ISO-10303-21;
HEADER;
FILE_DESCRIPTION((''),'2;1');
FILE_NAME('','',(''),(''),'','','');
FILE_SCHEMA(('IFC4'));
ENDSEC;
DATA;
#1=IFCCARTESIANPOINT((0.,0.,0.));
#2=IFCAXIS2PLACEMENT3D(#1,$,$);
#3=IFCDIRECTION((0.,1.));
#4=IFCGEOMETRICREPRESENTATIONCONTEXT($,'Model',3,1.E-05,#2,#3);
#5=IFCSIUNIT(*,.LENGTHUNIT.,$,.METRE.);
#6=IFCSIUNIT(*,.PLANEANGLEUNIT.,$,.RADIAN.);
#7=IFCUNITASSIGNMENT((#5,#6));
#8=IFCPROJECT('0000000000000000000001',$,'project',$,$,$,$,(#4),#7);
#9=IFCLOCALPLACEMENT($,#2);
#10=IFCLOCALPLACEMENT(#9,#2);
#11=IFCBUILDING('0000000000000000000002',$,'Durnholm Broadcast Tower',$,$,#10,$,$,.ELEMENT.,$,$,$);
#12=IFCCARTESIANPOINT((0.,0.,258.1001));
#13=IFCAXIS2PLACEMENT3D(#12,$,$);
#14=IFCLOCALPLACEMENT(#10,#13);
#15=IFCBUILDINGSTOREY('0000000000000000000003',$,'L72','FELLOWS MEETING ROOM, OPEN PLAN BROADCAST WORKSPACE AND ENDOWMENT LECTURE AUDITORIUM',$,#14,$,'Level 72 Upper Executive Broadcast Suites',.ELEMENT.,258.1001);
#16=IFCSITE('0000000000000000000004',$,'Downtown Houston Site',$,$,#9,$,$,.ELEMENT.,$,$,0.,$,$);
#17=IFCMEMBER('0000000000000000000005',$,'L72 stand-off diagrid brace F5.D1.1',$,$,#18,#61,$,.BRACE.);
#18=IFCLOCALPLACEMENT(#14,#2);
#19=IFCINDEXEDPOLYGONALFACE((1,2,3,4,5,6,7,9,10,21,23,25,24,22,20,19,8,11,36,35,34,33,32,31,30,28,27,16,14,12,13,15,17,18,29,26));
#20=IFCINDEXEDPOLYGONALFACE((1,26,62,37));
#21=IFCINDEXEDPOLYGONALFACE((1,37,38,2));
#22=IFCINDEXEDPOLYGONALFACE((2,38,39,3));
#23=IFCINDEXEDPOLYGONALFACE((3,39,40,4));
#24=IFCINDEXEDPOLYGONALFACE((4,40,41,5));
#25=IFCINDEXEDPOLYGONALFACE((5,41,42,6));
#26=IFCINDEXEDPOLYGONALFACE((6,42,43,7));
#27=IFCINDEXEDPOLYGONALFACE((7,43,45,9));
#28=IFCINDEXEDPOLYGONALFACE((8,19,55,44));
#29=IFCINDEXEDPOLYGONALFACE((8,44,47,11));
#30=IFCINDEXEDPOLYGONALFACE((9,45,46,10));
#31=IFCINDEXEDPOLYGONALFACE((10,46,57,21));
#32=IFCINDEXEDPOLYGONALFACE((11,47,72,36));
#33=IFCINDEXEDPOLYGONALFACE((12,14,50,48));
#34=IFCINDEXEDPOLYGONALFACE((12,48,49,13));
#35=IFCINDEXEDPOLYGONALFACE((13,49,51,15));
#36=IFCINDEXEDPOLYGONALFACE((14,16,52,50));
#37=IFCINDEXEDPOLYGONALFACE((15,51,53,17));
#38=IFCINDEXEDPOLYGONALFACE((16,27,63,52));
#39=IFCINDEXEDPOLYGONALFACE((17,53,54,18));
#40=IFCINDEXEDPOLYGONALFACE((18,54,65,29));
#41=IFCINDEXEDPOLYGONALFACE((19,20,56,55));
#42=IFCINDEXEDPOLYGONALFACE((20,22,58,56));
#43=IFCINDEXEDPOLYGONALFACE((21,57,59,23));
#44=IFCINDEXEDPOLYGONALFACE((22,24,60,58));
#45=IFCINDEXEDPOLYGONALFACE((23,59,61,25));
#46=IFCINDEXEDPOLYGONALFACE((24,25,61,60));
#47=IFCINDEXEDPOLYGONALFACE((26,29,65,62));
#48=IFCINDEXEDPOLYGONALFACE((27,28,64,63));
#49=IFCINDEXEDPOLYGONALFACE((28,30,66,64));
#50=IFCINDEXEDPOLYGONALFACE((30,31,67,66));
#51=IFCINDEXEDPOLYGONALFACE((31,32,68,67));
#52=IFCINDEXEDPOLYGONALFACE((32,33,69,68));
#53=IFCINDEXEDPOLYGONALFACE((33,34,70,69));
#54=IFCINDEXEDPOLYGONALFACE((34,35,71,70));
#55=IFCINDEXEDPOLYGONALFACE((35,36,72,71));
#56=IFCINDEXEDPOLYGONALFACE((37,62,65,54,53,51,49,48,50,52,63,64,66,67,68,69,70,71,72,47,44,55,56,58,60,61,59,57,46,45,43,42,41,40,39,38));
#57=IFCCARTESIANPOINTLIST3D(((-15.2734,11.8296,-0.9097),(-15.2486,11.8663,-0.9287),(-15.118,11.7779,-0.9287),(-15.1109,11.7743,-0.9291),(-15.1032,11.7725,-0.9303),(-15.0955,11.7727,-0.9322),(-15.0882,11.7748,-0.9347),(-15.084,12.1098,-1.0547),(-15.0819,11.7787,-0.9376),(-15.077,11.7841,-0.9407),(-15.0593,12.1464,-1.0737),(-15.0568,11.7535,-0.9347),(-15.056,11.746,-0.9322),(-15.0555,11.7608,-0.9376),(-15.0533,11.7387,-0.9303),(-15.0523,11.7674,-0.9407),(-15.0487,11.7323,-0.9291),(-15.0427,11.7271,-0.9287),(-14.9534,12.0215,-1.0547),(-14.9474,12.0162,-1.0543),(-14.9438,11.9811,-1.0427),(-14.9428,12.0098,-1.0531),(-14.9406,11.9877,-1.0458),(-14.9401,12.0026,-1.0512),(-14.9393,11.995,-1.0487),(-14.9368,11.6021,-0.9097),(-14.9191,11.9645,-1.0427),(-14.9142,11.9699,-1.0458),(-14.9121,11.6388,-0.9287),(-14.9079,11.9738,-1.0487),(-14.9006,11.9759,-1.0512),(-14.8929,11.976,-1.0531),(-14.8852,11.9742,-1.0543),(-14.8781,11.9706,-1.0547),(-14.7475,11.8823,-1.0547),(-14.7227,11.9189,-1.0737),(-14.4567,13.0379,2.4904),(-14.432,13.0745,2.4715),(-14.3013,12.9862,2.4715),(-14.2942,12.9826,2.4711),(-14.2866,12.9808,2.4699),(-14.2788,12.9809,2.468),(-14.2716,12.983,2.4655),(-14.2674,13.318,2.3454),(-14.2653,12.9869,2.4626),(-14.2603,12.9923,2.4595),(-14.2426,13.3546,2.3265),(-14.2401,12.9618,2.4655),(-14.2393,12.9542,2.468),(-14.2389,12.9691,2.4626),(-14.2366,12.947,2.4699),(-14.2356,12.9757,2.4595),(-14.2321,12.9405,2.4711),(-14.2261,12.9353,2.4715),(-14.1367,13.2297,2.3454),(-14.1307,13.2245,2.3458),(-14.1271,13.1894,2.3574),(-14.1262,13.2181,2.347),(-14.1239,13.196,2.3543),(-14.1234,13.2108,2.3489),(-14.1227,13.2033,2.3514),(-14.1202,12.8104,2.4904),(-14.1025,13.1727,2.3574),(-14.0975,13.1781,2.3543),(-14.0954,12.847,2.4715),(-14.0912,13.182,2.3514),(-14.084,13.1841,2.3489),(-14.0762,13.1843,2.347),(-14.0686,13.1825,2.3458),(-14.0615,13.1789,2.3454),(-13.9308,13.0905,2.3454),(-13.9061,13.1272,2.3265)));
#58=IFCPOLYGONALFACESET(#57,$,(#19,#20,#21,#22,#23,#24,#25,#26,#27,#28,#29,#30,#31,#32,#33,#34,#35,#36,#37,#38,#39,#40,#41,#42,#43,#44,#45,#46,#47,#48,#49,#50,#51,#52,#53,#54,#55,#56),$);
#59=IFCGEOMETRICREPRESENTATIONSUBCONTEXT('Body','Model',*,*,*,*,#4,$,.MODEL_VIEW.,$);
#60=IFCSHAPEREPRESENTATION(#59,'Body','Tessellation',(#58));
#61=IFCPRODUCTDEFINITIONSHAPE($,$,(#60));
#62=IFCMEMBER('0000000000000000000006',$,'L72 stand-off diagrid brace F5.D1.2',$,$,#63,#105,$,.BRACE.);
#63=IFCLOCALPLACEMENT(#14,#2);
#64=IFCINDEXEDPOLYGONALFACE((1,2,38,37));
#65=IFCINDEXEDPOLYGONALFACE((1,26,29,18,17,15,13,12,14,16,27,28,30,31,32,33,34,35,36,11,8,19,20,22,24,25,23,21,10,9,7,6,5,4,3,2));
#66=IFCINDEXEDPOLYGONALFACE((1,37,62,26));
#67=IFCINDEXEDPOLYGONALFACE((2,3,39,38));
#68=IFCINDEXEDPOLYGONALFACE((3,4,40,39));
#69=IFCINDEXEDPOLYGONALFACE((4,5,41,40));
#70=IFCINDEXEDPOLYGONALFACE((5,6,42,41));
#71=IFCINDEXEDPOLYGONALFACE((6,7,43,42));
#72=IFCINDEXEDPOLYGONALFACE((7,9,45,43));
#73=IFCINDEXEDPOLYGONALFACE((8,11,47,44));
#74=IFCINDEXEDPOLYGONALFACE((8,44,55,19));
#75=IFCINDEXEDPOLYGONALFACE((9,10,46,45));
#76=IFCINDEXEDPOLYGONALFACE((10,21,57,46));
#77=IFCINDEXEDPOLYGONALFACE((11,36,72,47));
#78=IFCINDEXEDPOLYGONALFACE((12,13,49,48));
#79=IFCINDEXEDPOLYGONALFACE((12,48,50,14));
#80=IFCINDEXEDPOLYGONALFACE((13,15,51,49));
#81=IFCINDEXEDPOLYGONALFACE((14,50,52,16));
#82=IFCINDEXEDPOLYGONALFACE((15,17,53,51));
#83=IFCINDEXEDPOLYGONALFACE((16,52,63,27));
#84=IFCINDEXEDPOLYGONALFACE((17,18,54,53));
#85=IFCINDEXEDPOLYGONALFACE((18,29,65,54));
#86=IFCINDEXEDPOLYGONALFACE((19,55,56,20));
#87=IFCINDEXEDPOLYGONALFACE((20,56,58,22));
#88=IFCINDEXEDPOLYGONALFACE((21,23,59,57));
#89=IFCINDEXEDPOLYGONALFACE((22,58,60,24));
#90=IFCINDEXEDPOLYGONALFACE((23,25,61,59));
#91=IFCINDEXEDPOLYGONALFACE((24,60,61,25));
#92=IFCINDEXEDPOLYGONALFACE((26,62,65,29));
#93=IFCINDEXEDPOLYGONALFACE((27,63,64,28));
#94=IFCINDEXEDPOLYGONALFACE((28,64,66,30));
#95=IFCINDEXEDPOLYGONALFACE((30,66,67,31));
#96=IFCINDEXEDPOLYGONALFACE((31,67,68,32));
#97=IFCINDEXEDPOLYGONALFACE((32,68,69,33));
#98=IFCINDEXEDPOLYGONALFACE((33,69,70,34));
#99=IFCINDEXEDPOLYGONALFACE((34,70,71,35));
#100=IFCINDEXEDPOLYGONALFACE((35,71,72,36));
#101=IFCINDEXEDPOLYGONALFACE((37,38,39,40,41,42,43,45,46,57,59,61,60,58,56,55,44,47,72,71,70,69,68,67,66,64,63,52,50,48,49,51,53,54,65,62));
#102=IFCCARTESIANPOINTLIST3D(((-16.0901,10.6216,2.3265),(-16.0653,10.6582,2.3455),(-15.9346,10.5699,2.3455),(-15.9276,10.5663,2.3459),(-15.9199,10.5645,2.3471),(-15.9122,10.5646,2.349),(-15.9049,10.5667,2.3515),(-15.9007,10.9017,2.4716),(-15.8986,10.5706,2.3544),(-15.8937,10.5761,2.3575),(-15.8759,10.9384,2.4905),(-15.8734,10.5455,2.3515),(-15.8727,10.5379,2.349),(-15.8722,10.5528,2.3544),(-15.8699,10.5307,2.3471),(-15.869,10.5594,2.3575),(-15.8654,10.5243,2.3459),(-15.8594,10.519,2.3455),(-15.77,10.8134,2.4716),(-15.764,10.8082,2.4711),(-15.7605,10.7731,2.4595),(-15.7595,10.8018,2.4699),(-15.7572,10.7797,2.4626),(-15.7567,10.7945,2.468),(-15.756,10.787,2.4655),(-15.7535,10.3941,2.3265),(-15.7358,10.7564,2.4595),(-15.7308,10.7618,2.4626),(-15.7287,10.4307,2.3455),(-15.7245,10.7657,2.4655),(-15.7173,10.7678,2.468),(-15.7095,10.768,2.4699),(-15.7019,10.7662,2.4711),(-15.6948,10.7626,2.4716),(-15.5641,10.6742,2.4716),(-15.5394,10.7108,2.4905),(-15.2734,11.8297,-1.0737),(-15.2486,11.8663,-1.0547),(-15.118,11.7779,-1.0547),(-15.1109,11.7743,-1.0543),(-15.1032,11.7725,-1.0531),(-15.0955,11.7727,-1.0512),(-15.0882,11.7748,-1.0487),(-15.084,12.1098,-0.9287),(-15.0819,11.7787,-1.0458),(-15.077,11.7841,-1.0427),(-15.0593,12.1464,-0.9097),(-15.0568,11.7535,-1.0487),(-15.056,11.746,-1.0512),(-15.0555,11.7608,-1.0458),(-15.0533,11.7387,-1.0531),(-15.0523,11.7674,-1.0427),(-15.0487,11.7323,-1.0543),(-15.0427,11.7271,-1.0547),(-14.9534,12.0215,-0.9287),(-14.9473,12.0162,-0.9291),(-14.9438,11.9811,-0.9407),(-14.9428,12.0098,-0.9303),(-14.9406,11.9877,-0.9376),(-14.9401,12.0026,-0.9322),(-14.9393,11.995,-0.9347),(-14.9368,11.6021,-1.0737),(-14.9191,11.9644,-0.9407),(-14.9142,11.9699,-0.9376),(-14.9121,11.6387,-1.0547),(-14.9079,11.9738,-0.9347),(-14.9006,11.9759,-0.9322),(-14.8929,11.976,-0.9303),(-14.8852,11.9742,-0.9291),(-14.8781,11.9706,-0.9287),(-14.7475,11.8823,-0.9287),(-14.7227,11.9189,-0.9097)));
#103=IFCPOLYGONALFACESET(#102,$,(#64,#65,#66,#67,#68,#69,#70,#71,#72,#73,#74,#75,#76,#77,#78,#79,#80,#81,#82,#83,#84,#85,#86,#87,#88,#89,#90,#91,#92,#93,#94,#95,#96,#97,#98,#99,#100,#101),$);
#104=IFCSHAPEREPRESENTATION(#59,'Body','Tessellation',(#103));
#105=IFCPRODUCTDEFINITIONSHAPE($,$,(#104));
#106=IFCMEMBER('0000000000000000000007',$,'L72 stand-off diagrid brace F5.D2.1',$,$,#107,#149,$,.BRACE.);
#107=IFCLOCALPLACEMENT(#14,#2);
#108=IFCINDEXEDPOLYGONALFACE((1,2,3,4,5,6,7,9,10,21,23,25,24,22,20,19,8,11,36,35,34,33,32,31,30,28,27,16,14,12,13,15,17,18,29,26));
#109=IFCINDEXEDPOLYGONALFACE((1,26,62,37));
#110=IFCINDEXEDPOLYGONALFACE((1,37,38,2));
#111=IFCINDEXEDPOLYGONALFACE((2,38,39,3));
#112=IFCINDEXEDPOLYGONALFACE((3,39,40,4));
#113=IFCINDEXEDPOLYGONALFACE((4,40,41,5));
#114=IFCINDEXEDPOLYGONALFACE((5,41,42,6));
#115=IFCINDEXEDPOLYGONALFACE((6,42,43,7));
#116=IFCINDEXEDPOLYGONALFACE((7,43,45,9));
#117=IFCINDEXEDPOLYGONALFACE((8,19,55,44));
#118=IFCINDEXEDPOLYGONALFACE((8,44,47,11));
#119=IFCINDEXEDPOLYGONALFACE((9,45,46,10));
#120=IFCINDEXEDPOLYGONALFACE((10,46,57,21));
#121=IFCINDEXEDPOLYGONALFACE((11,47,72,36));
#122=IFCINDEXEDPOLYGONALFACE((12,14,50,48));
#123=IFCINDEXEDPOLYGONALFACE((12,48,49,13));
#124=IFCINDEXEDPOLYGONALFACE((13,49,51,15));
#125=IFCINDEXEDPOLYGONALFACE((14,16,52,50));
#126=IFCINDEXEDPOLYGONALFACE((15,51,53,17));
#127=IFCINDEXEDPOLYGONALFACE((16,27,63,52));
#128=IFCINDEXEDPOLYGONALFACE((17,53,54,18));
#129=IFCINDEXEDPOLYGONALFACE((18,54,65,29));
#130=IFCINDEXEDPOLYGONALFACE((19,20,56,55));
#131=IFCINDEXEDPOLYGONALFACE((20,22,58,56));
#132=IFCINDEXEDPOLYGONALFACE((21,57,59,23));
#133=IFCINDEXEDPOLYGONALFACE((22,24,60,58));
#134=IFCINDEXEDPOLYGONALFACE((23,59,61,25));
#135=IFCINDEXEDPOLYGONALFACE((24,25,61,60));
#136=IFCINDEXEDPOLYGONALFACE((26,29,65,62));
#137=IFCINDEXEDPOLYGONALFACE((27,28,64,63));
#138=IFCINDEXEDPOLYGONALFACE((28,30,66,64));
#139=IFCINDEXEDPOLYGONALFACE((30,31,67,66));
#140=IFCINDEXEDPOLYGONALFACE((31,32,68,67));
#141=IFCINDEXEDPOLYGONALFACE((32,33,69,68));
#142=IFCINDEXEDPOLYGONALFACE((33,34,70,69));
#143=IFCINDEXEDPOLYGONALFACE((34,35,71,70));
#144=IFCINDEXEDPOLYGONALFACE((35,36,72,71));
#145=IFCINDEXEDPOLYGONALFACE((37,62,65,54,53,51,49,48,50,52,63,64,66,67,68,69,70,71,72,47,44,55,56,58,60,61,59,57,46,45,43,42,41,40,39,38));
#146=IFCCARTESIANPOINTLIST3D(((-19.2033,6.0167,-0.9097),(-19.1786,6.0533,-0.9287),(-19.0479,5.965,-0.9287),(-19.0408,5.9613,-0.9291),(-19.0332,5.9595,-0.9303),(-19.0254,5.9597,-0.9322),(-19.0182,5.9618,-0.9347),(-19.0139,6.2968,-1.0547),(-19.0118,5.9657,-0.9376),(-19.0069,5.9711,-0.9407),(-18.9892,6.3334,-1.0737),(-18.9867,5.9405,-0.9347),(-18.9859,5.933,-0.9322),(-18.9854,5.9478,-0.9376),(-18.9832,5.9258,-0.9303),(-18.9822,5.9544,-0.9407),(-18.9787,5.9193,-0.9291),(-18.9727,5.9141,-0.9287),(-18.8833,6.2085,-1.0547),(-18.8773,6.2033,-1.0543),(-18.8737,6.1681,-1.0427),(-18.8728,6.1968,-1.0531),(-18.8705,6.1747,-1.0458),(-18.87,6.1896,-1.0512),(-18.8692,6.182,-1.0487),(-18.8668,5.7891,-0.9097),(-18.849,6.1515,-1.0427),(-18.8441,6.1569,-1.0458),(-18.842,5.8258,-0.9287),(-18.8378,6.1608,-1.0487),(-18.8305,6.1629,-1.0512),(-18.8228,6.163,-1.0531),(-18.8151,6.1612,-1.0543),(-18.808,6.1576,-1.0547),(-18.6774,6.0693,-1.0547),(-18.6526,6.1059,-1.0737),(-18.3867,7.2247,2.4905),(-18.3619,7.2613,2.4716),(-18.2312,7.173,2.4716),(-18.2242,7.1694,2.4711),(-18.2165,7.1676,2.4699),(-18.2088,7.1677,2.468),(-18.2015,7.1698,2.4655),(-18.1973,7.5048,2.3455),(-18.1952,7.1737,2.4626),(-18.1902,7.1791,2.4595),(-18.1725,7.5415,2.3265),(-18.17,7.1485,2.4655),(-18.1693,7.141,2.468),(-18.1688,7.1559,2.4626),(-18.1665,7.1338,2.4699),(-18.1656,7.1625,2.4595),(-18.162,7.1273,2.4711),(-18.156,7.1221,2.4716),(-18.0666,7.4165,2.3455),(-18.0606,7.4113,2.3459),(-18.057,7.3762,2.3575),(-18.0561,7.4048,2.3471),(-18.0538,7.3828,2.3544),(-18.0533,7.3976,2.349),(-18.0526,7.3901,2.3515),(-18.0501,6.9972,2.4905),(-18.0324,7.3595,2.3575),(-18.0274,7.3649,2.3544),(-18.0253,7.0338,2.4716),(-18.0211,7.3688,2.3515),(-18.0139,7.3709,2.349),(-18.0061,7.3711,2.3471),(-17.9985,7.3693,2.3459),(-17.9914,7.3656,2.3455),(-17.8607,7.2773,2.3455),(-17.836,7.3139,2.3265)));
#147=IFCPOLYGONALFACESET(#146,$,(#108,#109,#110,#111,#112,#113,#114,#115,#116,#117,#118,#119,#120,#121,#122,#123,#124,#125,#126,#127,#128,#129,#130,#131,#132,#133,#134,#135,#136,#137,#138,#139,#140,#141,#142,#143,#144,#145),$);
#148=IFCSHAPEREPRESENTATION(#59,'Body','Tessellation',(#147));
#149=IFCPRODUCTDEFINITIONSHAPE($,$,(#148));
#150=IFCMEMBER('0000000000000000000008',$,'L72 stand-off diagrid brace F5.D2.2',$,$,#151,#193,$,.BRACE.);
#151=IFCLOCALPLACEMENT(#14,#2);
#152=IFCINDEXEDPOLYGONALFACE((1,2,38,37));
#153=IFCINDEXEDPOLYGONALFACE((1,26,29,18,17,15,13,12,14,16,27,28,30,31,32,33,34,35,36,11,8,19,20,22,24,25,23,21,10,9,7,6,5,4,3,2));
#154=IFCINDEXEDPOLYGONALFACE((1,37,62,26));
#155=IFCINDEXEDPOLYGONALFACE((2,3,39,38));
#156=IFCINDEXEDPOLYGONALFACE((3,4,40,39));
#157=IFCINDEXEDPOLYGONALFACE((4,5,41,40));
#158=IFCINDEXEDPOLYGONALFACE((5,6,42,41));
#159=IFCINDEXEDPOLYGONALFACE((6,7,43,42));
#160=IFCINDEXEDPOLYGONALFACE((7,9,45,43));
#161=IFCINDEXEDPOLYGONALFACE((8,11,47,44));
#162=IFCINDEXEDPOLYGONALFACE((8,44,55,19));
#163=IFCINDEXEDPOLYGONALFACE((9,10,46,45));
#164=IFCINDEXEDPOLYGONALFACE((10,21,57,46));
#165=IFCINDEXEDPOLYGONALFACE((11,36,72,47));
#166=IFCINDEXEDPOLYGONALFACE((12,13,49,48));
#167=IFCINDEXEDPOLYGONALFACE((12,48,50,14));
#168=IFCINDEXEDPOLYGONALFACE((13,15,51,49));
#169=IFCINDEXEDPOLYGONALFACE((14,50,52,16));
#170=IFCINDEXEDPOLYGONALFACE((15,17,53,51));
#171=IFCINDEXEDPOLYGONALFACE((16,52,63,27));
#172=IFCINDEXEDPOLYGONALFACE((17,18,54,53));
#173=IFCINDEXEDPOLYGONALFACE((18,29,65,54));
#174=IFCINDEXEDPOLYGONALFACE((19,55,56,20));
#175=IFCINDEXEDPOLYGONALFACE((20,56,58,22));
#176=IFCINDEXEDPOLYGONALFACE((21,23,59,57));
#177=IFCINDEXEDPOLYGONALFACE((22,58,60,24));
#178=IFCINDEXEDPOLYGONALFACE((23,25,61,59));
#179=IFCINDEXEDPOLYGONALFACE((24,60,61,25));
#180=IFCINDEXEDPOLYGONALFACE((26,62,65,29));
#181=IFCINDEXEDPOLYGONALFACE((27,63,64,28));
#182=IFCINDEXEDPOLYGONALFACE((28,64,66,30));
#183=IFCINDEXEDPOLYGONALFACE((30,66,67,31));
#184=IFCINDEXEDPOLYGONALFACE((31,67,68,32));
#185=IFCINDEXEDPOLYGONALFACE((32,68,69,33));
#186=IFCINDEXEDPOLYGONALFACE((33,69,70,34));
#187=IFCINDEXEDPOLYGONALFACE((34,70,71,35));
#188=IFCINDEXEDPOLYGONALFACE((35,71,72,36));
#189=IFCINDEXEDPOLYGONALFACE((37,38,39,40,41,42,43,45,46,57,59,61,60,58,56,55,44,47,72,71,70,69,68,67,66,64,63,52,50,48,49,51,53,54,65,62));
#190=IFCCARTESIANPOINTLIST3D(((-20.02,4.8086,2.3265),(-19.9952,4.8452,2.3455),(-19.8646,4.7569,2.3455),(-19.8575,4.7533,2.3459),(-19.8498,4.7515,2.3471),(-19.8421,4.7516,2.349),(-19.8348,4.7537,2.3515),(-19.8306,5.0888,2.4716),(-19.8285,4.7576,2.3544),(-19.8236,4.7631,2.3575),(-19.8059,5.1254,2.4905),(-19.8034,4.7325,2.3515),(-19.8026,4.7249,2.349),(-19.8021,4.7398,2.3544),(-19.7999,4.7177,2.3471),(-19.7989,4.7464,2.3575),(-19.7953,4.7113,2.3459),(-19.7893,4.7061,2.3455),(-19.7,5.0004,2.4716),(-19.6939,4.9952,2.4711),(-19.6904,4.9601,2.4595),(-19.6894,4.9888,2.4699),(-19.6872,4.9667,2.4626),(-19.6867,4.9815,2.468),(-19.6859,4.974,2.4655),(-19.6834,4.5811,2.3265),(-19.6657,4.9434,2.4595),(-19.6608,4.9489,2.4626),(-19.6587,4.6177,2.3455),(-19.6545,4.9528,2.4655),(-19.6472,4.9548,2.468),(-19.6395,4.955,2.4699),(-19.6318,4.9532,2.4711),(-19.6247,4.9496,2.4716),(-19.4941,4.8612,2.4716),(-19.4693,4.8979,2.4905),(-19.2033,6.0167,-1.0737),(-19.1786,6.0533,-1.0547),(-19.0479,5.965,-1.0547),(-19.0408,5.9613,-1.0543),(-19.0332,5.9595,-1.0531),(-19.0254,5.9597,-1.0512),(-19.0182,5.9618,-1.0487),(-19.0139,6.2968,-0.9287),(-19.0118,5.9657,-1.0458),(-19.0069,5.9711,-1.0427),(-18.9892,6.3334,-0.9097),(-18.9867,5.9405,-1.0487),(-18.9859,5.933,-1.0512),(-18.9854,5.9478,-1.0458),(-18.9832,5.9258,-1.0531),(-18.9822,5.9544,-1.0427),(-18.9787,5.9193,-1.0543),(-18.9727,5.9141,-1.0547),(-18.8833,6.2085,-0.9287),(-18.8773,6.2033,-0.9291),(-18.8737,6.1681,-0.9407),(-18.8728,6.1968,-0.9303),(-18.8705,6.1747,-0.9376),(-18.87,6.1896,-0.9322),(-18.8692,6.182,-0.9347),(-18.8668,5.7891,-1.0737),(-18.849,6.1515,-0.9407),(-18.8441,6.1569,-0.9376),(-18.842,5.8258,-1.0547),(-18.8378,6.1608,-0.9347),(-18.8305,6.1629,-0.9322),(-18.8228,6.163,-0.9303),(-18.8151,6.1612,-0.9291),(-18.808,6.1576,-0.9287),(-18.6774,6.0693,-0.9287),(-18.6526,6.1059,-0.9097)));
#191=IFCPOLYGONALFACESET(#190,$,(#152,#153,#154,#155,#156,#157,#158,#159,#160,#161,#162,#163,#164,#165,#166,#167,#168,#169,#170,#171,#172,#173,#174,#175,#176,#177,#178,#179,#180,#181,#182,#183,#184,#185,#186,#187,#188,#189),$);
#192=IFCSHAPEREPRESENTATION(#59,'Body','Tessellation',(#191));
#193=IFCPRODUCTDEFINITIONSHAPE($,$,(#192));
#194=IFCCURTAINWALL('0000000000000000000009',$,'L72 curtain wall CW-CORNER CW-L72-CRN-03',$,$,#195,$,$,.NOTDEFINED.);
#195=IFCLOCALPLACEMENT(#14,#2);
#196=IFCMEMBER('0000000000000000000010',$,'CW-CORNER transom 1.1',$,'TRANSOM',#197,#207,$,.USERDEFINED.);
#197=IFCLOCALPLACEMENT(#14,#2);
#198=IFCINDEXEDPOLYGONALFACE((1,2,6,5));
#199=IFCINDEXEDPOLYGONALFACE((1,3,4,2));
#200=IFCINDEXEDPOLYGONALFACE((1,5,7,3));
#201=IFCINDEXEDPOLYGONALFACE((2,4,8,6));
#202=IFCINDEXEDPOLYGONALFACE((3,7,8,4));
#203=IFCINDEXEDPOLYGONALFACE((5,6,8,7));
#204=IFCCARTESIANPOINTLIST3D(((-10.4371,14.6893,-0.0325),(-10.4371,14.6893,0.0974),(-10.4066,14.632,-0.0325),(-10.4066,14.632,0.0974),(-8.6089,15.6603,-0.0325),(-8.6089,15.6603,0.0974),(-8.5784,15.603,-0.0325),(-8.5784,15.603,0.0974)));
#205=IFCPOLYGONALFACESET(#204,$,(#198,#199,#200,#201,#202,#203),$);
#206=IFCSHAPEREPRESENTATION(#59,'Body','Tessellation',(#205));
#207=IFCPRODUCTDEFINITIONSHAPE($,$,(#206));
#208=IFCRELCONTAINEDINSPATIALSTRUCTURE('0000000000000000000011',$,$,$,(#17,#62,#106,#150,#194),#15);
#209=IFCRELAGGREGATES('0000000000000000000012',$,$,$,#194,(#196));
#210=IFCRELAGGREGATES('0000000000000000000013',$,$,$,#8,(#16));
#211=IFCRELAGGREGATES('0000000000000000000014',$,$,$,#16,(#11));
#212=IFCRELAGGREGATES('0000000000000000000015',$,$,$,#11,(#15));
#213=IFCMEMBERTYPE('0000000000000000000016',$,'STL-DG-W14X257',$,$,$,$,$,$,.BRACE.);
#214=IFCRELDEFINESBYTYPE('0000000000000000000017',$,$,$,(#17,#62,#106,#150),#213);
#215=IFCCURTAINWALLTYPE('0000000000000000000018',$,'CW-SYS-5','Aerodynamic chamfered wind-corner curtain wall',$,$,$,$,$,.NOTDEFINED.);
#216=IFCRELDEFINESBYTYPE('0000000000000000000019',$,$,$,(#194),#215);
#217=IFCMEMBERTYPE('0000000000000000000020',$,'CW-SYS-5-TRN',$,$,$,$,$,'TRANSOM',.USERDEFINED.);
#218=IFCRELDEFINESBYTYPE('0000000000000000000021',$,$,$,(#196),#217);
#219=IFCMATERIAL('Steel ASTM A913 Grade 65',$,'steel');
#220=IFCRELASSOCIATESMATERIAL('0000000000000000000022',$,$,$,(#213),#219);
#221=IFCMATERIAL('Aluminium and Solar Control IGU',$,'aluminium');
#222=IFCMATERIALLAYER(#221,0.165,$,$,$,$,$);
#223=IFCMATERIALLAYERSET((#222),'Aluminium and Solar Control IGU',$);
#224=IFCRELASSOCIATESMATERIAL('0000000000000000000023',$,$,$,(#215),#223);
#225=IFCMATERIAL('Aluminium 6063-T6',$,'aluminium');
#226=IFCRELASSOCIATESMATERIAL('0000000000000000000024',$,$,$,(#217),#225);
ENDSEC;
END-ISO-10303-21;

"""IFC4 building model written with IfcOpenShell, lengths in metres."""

from ifc_helpers import new_model, si_unit, direction, frame, origin, origin_2d, place, context, subcontext, project, spatial, rectangle, i_section, extrude, source, transform, mapped, material, layer, layer_set, material_profile, profile_set, type_object, type_shapes, element, aggregate, save


model = new_model("IFC4")

# Units and contexts
model_context = context("Model", 3, precision=1e-05, world=origin(), true_north=direction((0.0, 1.0)))
body_context = subcontext(model_context, "Body", "Model", "MODEL_VIEW")
ifc_project = project(units=[si_unit("LENGTHUNIT", "METRE"), si_unit("PLANEANGLEUNIT", "RADIAN")], contexts=[model_context])

# Site, building, storey
site_placement = place(None, origin())
site = spatial("IfcSite", under=ifc_project, at=site_placement, Name="Downtown Houston Site", CompositionType="ELEMENT", RefElevation=0.0)
building_placement = place(site_placement, origin())
building = spatial("IfcBuilding", under=site, at=building_placement, Name="Durnholm Broadcast Tower", CompositionType="ELEMENT")
storey_placement = place(building_placement, frame((0.0, 0.0, 258.1001)))
storey = spatial("IfcBuildingStorey", under=building, at=storey_placement, Name="L72", Description="FELLOWS MEETING ROOM, OPEN PLAN BROADCAST WORKSPACE AND ENDOWMENT LECTURE AUDITORIUM", LongName="Level 72 Upper Executive Broadcast Suites", CompositionType="ELEMENT", Elevation=258.1001)

# Members
ifc_material_1 = material(Name="Steel ASTM A913 Grade 65", Category="steel")
ifc_material_profile_1 = material_profile(ifc_material_1, i_section(OverallWidth=0.4062, OverallDepth=0.416, WebThickness=0.0298, FlangeThickness=0.0481, FilletRadius=0.0305, at=origin_2d()), Name="W14X257")
ifc_profile_set_1 = profile_set([ifc_material_profile_1], Name="Steel ASTM A913 Grade 65")
member_type_1 = type_object("IfcMemberType", Name="STL-DG-W14X257", PredefinedType="BRACE", material=ifc_profile_set_1)
shared_shape_1 = source(origin(), body_context, "Body", "SweptSolid", [
    extrude(i_section(OverallWidth=0.4062, OverallDepth=0.416, WebThickness=0.0298, FlangeThickness=0.0481, FilletRadius=0.0305, at=origin_2d()), origin(), (0.0, 0.0, 1.0), 3.6997),
])
type_shapes(member_type_1, [shared_shape_1])
for number, where, z_axis, x_axis, name in (
    (1, (-14.998, 11.8743, -0.9917), (0.220734, 0.326581, 0.919033), (-0.828505, 0.559982, 0.0), "L72 stand-off diagrid brace F5.D1.1"),
    (2, (-14.998, 11.8743, -0.9917), (-0.220739, -0.326522, 0.919053), (0.828452, -0.560059, 0.0), "L72 stand-off diagrid brace F5.D1.2"),
    (3, (-18.928, 6.0613, -0.9917), (0.220739, 0.326522, 0.919053), (-0.828452, 0.560059, 0.0), "L72 stand-off diagrid brace F5.D2.1"),
    (4, (-18.928, 6.0613, -0.9917), (-0.220739, -0.326522, 0.919053), (0.828452, -0.560059, 0.0), "L72 stand-off diagrid brace F5.D2.2"),
):
    element("IfcMember", number, at=place(storey_placement, frame(where, z_axis=z_axis, x_axis=x_axis)), inside=storey, type_object=member_type_1, Name=name, PredefinedType="BRACE", context=body_context, shape_type="MappedRepresentation", body=[
        mapped(shared_shape_1, transform((0.0, 0.0, 0.0), x_axis=(1.0, 0.0, 0.0), y_axis=(0.0, 1.0, 0.0), z_axis=(0.0, 0.0, 1.0), scale=1.0)),
    ])

# Curtain wall, member
ifc_material_2 = material(Name="Aluminium and Solar Control IGU", Category="aluminium")
ifc_layer_1 = layer(ifc_material_2, 0.165)
ifc_layer_set_1 = layer_set([ifc_layer_1], Name="Aluminium and Solar Control IGU")
curtain_wall_type_1 = type_object("IfcCurtainWallType", Name="CW-SYS-5", Description="Aerodynamic chamfered wind-corner curtain wall", PredefinedType="NOTDEFINED", material=ifc_layer_set_1)
curtain_wall_1_placement = place(storey_placement, origin())
curtain_wall_1 = element("IfcCurtainWall", 5, at=curtain_wall_1_placement, inside=storey, type_object=curtain_wall_type_1, Name="L72 curtain wall CW-CORNER CW-L72-CRN-03", PredefinedType="NOTDEFINED")
ifc_material_3 = material(Name="Aluminium 6063-T6", Category="aluminium")
ifc_material_profile_2 = material_profile(ifc_material_3, rectangle(XDim=0.0649, YDim=0.1299, at=origin_2d()), Name="CWT65X130")
ifc_profile_set_2 = profile_set([ifc_material_profile_2], Name="Aluminium 6063-T6")
member_type_2 = type_object("IfcMemberType", Name="CW-SYS-5-TRN", ElementType="TRANSOM", PredefinedType="USERDEFINED", material=ifc_profile_set_2)
shared_shape_2 = source(origin(), body_context, "Body", "SweptSolid", [
    extrude(rectangle(XDim=0.0649, YDim=0.1299, at=origin_2d()), origin(), (0.0, 0.0, 1.0), 2.0701),
])
type_shapes(member_type_2, [shared_shape_2])
member_1_placement = place(storey_placement, frame((-10.4219, 14.6606, 0.0325), z_axis=(0.883165, 0.469063, 0.0), x_axis=(-0.469063, 0.883165, 0.0)))
member_1 = element("IfcMember", 6, at=member_1_placement, type_object=member_type_2, Name="CW-CORNER transom 1.1", ObjectType="TRANSOM", PredefinedType="USERDEFINED", context=body_context, shape_type="MappedRepresentation", body=[
    mapped(shared_shape_2, transform((0.0, 0.0, 0.0), x_axis=(1.0, 0.0, 0.0), y_axis=(0.0, 1.0, 0.0), z_axis=(0.0, 0.0, 1.0), scale=1.0)),
])

aggregate(curtain_wall_1, [member_1])

save(model, "model.ifc")
